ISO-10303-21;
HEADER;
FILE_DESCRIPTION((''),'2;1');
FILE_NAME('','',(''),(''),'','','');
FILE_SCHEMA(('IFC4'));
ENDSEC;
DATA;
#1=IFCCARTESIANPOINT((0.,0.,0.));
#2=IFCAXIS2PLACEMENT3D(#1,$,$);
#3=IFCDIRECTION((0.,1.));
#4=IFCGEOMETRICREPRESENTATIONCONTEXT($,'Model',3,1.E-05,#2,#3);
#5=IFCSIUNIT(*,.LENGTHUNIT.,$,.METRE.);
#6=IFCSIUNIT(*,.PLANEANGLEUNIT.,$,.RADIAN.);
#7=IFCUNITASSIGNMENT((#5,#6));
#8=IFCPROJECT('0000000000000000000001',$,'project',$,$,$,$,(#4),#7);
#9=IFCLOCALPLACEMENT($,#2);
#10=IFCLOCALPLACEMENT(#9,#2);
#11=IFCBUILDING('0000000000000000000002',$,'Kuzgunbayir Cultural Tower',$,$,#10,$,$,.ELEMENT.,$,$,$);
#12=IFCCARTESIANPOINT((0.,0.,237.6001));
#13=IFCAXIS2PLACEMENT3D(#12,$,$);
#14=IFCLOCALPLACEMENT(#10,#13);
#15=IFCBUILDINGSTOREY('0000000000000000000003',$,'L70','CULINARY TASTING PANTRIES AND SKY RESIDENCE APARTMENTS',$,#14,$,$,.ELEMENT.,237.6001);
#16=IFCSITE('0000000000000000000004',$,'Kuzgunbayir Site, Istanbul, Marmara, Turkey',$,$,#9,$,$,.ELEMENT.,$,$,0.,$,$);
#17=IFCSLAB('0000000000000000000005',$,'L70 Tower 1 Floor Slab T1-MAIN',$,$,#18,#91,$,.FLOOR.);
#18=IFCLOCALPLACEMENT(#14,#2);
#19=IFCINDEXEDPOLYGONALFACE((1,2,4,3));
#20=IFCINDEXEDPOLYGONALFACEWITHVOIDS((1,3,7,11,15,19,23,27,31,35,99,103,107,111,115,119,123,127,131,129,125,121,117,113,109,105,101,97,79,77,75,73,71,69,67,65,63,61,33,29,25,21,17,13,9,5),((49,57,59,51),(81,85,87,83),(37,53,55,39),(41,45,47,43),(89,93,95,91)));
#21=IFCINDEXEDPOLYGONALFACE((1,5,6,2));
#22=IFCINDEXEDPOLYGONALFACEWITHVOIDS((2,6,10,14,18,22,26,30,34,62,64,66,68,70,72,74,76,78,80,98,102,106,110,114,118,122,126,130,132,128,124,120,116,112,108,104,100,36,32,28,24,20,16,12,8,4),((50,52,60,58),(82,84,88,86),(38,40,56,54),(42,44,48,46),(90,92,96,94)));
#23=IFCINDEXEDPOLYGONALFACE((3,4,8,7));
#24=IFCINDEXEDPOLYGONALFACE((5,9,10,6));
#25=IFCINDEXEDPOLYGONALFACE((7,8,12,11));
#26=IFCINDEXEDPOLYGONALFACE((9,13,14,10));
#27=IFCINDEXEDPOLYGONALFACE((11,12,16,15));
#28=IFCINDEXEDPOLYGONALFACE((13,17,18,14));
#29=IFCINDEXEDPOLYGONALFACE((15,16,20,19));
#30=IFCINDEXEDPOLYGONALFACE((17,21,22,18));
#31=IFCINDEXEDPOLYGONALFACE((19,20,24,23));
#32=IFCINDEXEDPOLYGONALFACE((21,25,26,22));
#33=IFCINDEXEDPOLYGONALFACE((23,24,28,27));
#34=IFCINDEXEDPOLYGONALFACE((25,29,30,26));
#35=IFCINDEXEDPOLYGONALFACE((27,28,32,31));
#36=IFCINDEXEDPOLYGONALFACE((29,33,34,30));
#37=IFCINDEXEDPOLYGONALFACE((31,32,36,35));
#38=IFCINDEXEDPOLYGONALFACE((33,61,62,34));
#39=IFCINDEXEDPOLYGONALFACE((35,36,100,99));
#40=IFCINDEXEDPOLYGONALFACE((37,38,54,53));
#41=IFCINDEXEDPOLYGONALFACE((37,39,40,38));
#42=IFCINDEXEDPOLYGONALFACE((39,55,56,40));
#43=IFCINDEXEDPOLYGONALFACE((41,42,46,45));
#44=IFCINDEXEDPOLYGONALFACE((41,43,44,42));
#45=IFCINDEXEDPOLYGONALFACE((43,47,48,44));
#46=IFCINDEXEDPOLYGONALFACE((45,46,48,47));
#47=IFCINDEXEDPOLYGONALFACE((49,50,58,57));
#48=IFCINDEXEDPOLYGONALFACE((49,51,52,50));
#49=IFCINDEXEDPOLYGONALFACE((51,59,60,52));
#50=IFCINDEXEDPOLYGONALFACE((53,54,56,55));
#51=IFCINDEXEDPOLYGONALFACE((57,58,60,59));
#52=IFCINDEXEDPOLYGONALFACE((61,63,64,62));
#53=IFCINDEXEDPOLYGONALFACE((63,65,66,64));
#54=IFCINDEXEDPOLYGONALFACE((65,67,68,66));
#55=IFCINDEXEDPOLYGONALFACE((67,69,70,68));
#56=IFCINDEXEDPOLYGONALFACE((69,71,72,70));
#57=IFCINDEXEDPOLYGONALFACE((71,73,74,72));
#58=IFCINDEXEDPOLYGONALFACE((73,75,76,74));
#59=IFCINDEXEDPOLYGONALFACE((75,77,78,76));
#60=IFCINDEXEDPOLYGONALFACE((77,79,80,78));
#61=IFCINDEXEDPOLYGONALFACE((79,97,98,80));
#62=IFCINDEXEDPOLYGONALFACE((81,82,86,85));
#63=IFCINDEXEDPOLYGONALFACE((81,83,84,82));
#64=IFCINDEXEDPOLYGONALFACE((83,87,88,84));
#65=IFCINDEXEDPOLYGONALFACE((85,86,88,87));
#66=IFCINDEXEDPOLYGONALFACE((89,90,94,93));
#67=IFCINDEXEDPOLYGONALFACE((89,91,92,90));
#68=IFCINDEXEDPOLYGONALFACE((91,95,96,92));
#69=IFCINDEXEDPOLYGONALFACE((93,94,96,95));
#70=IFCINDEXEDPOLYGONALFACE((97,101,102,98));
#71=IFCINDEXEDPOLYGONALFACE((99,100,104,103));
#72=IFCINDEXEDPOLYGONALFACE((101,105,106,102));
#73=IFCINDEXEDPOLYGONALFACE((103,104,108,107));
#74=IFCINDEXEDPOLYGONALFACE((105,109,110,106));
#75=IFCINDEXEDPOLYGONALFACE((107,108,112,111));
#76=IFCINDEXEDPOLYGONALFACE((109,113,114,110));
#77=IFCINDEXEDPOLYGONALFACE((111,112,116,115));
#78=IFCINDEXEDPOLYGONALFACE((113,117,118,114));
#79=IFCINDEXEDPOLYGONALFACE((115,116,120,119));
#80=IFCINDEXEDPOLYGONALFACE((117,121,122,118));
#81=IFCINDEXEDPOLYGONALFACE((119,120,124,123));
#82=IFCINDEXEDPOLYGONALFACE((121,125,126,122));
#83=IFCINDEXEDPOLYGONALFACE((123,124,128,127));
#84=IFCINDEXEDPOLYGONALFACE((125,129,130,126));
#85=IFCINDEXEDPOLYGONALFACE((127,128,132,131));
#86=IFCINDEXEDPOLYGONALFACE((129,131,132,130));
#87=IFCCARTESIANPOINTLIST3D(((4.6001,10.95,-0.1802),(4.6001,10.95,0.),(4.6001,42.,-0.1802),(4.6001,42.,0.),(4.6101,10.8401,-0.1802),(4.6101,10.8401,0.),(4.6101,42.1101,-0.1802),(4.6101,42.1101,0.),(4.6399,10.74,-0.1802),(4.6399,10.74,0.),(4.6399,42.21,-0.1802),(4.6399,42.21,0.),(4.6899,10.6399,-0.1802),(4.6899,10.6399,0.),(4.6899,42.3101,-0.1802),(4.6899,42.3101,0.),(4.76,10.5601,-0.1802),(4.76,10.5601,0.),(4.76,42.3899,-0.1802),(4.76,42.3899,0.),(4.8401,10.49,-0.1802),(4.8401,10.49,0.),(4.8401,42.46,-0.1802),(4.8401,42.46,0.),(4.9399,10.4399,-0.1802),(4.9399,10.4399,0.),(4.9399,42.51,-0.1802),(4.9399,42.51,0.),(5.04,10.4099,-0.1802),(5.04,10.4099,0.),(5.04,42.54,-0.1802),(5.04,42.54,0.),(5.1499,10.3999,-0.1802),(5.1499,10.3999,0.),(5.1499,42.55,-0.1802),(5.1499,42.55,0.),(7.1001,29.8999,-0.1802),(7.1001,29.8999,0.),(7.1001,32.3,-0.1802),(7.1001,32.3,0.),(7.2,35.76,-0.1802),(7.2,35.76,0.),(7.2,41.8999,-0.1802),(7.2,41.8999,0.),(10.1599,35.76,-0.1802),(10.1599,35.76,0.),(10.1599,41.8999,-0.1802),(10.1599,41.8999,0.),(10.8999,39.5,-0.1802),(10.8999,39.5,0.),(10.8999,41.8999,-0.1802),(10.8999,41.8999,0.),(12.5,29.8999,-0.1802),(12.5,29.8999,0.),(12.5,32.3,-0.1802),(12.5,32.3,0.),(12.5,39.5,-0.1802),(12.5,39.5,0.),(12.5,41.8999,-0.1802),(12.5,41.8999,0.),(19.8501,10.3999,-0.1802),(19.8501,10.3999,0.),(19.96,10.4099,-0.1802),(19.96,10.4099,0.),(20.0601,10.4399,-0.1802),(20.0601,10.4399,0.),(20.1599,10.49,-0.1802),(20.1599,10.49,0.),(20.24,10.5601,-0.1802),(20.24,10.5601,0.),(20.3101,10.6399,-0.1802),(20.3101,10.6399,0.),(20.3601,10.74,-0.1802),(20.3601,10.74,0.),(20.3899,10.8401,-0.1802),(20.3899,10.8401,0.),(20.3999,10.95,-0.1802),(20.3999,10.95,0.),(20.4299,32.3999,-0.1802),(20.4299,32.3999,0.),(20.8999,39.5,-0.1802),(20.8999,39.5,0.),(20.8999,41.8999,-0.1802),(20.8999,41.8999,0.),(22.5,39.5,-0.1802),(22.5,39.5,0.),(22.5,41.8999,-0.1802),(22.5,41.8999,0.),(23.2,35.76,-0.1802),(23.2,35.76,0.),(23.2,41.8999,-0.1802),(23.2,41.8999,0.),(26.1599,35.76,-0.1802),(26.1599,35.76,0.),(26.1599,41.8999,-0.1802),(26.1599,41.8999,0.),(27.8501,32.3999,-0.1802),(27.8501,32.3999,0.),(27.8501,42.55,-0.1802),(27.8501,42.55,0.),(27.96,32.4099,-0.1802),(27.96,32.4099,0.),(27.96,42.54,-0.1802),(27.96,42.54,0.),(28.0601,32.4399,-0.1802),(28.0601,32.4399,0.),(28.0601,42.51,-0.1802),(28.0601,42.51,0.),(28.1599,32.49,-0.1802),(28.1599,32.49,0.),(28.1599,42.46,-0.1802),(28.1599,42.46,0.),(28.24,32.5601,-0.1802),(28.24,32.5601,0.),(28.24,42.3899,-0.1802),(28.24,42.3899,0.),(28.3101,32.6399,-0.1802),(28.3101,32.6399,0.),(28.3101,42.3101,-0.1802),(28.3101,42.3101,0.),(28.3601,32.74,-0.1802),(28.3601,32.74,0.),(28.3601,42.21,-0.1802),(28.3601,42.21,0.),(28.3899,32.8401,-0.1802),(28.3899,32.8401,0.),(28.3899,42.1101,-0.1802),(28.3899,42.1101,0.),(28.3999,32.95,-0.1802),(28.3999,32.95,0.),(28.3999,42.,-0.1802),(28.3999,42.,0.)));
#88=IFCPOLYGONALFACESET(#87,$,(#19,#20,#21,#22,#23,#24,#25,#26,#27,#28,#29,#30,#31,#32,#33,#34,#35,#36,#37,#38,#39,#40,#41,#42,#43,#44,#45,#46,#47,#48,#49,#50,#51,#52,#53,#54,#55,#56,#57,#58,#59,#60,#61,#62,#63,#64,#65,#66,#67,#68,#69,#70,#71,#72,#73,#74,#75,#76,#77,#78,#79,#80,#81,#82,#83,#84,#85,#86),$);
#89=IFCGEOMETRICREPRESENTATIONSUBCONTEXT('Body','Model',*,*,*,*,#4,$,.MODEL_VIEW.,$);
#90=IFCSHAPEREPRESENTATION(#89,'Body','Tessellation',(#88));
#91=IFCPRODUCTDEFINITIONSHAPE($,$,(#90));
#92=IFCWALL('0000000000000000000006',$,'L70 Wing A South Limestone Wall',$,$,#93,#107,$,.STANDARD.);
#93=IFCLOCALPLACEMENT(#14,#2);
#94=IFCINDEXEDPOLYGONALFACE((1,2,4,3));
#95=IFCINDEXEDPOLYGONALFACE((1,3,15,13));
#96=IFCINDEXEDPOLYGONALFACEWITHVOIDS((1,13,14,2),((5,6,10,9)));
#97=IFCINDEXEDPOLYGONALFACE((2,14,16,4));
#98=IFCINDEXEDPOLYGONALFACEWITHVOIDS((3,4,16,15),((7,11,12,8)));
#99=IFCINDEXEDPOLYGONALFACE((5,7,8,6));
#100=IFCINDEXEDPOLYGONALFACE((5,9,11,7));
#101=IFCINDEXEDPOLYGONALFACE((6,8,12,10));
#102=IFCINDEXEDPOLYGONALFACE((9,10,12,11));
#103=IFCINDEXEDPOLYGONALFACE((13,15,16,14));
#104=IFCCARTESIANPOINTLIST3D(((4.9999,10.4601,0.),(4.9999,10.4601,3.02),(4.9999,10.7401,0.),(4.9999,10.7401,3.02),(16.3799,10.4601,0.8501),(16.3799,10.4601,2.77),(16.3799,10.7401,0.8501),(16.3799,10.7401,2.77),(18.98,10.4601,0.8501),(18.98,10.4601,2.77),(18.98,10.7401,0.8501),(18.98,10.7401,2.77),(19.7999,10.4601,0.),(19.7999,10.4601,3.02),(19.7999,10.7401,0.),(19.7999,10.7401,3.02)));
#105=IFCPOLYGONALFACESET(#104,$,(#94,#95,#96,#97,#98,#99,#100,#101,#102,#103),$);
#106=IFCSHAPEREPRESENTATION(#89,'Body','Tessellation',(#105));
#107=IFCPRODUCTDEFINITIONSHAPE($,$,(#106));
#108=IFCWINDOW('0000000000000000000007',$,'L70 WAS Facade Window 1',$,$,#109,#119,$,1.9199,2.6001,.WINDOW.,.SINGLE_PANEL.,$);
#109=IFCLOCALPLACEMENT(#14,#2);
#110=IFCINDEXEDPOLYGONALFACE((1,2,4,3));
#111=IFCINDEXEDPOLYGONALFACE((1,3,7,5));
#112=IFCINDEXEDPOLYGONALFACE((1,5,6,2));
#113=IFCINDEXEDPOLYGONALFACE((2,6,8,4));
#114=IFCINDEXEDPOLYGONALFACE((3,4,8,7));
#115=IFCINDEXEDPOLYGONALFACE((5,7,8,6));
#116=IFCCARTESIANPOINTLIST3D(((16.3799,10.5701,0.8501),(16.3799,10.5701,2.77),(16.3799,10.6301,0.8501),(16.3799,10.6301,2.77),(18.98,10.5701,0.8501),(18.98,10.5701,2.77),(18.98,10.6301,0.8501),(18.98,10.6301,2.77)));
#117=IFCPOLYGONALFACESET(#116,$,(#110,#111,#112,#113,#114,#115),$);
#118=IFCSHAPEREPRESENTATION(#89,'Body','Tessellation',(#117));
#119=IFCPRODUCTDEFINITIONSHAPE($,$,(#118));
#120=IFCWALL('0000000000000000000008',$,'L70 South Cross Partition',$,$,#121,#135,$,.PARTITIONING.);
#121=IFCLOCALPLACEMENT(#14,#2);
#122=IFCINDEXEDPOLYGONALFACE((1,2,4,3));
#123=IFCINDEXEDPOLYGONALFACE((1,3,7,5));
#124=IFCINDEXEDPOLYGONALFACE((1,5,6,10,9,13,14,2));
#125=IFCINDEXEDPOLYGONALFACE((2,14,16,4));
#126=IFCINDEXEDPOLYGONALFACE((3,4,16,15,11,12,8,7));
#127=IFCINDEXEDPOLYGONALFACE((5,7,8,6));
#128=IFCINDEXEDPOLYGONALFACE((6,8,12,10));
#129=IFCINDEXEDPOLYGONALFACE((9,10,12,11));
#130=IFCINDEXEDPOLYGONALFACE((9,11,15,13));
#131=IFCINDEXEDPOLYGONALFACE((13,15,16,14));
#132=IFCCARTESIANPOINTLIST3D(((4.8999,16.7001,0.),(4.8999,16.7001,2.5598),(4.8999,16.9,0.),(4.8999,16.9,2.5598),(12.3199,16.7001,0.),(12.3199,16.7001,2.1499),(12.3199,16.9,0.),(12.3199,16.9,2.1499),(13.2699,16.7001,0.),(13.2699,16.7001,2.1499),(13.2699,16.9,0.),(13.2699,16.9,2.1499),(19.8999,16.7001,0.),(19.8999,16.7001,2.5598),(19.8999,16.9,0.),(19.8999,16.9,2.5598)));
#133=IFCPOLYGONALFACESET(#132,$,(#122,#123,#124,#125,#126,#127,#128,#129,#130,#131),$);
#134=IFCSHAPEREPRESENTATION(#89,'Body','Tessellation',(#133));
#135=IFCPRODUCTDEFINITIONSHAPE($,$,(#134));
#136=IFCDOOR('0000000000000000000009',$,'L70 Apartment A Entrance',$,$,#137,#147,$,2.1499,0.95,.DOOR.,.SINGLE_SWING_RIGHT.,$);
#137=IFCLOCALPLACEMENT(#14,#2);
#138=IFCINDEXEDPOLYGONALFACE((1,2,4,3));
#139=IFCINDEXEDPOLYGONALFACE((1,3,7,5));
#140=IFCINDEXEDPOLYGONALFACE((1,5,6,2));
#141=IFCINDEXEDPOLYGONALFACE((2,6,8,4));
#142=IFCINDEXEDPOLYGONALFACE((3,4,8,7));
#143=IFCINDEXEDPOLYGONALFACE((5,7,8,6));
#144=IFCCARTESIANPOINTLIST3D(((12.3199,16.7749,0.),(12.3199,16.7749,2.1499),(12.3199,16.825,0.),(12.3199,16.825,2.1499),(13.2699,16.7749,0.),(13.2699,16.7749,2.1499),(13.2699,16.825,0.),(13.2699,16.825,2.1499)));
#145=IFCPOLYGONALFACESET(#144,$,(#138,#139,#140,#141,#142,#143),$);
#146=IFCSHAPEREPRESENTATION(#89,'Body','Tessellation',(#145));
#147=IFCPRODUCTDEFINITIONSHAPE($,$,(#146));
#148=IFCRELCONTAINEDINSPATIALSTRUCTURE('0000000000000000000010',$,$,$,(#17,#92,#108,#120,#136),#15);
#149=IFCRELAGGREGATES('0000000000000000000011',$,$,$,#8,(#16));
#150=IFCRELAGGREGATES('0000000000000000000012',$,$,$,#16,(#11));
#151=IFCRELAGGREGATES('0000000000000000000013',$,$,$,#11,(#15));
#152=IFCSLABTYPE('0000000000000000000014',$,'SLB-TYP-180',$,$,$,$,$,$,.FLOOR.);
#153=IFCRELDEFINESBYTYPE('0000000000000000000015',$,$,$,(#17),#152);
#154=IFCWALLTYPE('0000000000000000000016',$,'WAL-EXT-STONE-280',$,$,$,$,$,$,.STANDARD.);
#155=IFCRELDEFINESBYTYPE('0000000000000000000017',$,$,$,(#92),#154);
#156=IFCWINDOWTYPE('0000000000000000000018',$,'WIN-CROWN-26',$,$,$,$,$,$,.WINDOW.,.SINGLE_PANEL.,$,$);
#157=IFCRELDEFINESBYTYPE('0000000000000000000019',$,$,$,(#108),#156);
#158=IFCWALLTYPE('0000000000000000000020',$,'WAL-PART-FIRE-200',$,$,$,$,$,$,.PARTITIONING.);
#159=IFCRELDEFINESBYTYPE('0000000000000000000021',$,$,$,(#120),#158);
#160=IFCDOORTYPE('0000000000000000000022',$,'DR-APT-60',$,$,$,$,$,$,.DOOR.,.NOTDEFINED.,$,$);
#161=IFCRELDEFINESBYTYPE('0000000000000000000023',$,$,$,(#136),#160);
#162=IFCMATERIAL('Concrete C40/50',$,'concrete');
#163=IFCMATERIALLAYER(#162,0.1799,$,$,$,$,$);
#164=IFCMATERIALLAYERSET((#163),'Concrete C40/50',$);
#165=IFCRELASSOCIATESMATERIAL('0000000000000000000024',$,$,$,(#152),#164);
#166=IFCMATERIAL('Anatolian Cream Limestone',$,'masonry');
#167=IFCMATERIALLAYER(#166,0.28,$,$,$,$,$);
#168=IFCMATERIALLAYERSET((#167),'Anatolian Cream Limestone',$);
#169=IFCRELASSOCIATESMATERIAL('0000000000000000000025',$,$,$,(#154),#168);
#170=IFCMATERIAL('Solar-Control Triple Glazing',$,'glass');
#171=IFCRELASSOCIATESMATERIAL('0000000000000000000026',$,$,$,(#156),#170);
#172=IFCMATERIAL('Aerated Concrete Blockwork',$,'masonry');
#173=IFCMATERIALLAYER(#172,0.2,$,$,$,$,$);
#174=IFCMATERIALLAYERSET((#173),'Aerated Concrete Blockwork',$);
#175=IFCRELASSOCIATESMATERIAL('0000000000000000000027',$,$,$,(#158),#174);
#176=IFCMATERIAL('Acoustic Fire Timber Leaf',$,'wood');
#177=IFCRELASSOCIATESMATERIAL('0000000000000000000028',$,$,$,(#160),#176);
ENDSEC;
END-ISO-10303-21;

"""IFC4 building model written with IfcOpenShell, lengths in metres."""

from ifc_helpers import new_model, si_unit, direction, frame, frame_2d, origin, place, context, subcontext, project, spatial, polyline, rectangle, outline, extrude, material, layer, layer_set, type_object, element, fill, save


model = new_model("IFC4")

# Units and contexts
model_context = context("Model", 3, precision=1e-05, world=origin(), true_north=direction((0.0, 1.0)))
body_context = subcontext(model_context, "Body", "Model", "MODEL_VIEW")
ifc_project = project(units=[si_unit("LENGTHUNIT", "METRE"), si_unit("PLANEANGLEUNIT", "RADIAN")], contexts=[model_context])

# Site, building, storey
site_placement = place(None, origin())
site = spatial("IfcSite", under=ifc_project, at=site_placement, Name="Kuzgunbayir Site, Istanbul, Marmara, Turkey", CompositionType="ELEMENT", RefElevation=0.0)
building_placement = place(site_placement, origin())
building = spatial("IfcBuilding", under=site, at=building_placement, Name="Kuzgunbayir Cultural Tower", CompositionType="ELEMENT")
storey_placement = place(building_placement, frame((0.0, 0.0, 237.6001)))
storey = spatial("IfcBuildingStorey", under=building, at=storey_placement, Name="L70", Description="CULINARY TASTING PANTRIES AND SKY RESIDENCE APARTMENTS", CompositionType="ELEMENT", Elevation=237.6001)

# Shared definitions
ifc_material_1 = material(Name="Concrete C40/50", Category="concrete")

# Slab
ifc_layer_1 = layer(ifc_material_1, 0.1799)
ifc_layer_set_1 = layer_set([ifc_layer_1], Name="Concrete C40/50")
slab_type_1 = type_object("IfcSlabType", Name="SLB-TYP-180", PredefinedType="FLOOR", material=ifc_layer_set_1)
slab_1_placement = place(storey_placement, frame((0.0, 0.0, -0.1802)))
element("IfcSlab", 1, at=slab_1_placement, inside=storey, type_object=slab_type_1, Name="L70 Tower 1 Floor Slab T1-MAIN", PredefinedType="FLOOR", context=body_context, shape_type="SweptSolid", body=[
    extrude(outline(polyline([(20.3999, 10.95), (20.3899, 10.8401), (20.3601, 10.74), (20.3101, 10.6399), (20.24, 10.5601), (20.1599, 10.49), (20.0601, 10.4399), (19.96, 10.4099), (19.8501, 10.3999), (5.1499, 10.3999), (5.04, 10.4099), (4.9399, 10.4399), (4.8401, 10.49), (4.76, 10.5601), (4.6899, 10.6399), (4.6399, 10.74), (4.6101, 10.8401), (4.6001, 10.95), (4.6001, 42.0), (4.6101, 42.1101), (4.6399, 42.21), (4.6899, 42.3101), (4.76, 42.3899), (4.8401, 42.46), (4.9399, 42.51), (5.04, 42.54), (5.1499, 42.55), (27.8501, 42.55), (27.96, 42.54), (28.0601, 42.51), (28.1599, 42.46), (28.24, 42.3899), (28.3101, 42.3101), (28.3601, 42.21), (28.3899, 42.1101), (28.3999, 42.0), (28.3999, 32.95), (28.3899, 32.8401), (28.3601, 32.74), (28.3101, 32.6399), (28.24, 32.5601), (28.1599, 32.49), (28.0601, 32.4399), (27.96, 32.4099), (27.8501, 32.3999), (20.4299, 32.3999), (20.3999, 10.95)]), holes=[polyline([(7.2, 35.76), (7.2, 41.8999), (10.1599, 41.8999), (10.1599, 35.76), (7.2, 35.76)]), polyline([(23.2, 35.76), (23.2, 41.8999), (26.1599, 41.8999), (26.1599, 35.76), (23.2, 35.76)]), polyline([(7.1001, 29.8999), (7.1001, 32.3), (12.5, 32.3), (12.5, 29.8999), (7.1001, 29.8999)]), polyline([(10.8999, 39.5), (10.8999, 41.8999), (12.5, 41.8999), (12.5, 39.5), (10.8999, 39.5)]), polyline([(20.8999, 39.5), (20.8999, 41.8999), (22.5, 41.8999), (22.5, 39.5), (20.8999, 39.5)])]), origin(), (0.0, 0.0, 1.0), 0.1802),
])

# Wall, opening, window
ifc_material_2 = material(Name="Anatolian Cream Limestone", Category="masonry")
ifc_layer_2 = layer(ifc_material_2, 0.28)
ifc_layer_set_2 = layer_set([ifc_layer_2], Name="Anatolian Cream Limestone")
wall_type_1 = type_object("IfcWallType", Name="WAL-EXT-STONE-280", PredefinedType="STANDARD", material=ifc_layer_set_2)
wall_1_placement = place(storey_placement, frame((5.0, 10.6001, 0.0), z_axis=(0.0, 0.0, 1.0), x_axis=(1.0, 0.0, 0.0)))
wall_1 = element("IfcWall", 2, at=wall_1_placement, inside=storey, type_object=wall_type_1, Name="L70 Wing A South Limestone Wall", PredefinedType="STANDARD", context=body_context, shape_type="SweptSolid", body=[
    extrude(rectangle(XDim=14.8, YDim=0.28, at=frame_2d((7.3999, 0.0))), origin(), (0.0, 0.0, 1.0), 3.02),
])
opening_1_placement = place(wall_1_placement, frame((11.3799, 0.0, 0.8501)))
opening_1 = element("IfcOpeningElement", 3, at=opening_1_placement, cuts=wall_1, PredefinedType="OPENING", context=body_context, shape_type="SweptSolid", body=[
    extrude(rectangle(XDim=2.6001, YDim=1.9199, at=frame_2d((1.3, 0.96))), frame((0.0, 0.1499, 0.0), z_axis=(0.0, -1.0, 0.0), x_axis=(1.0, 0.0, 0.0)), (0.0, 0.0, 1.0), 0.3),
])
ifc_material_3 = material(Name="Solar-Control Triple Glazing", Category="glass")
window_type = type_object("IfcWindowType", Name="WIN-CROWN-26", PartitioningType="SINGLE_PANEL", PredefinedType="WINDOW", material=ifc_material_3)
window_placement = place(opening_1_placement, origin())
window = element("IfcWindow", 4, at=window_placement, inside=storey, type_object=window_type, Name="L70 WAS Facade Window 1", OverallHeight=1.9199, OverallWidth=2.6001, PartitioningType="SINGLE_PANEL", PredefinedType="WINDOW", context=body_context, shape_type="SweptSolid", body=[
    extrude(rectangle(XDim=2.6001, YDim=1.9199, at=frame_2d((1.3, 0.96))), frame((0.0, 0.03, 0.0), z_axis=(0.0, -1.0, 0.0), x_axis=(1.0, 0.0, 0.0)), (0.0, 0.0, 1.0), 0.0601),
])
fill(opening_1, window)

# Wall, opening, door
ifc_material_4 = material(Name="Aerated Concrete Blockwork", Category="masonry")
ifc_layer_3 = layer(ifc_material_4, 0.2)
ifc_layer_set_3 = layer_set([ifc_layer_3], Name="Aerated Concrete Blockwork")
wall_type_2 = type_object("IfcWallType", Name="WAL-PART-FIRE-200", PredefinedType="PARTITIONING", material=ifc_layer_set_3)
wall_2_placement = place(storey_placement, frame((4.8999, 16.8, 0.0), z_axis=(0.0, 0.0, 1.0), x_axis=(1.0, 0.0, 0.0)))
wall_2 = element("IfcWall", 5, at=wall_2_placement, inside=storey, type_object=wall_type_2, Name="L70 South Cross Partition", PredefinedType="PARTITIONING", context=body_context, shape_type="SweptSolid", body=[
    extrude(rectangle(XDim=15.0, YDim=0.2, at=frame_2d((7.5, 0.0))), origin(), (0.0, 0.0, 1.0), 2.5598),
])
opening_2_placement = place(wall_2_placement, frame((7.4199, 0.0, 0.0)))
opening_2 = element("IfcOpeningElement", 6, at=opening_2_placement, cuts=wall_2, PredefinedType="OPENING", context=body_context, shape_type="SweptSolid", body=[
    extrude(rectangle(XDim=0.95, YDim=2.1499, at=frame_2d((0.4751, 1.075))), frame((0.0, 0.1099, 0.0), z_axis=(0.0, -1.0, 0.0), x_axis=(1.0, 0.0, 0.0)), (0.0, 0.0, 1.0), 0.22),
])
ifc_material_5 = material(Name="Acoustic Fire Timber Leaf", Category="wood")
door_type = type_object("IfcDoorType", Name="DR-APT-60", OperationType="NOTDEFINED", PredefinedType="DOOR", material=ifc_material_5)
door_placement = place(opening_2_placement, origin())
door = element("IfcDoor", 7, at=door_placement, inside=storey, type_object=door_type, Name="L70 Apartment A Entrance", OperationType="SINGLE_SWING_RIGHT", OverallHeight=2.1499, OverallWidth=0.95, PredefinedType="DOOR", context=body_context, shape_type="SweptSolid", body=[
    extrude(rectangle(XDim=0.95, YDim=2.1499, at=frame_2d((0.4751, 1.075))), frame((0.0, 0.0249, 0.0), z_axis=(0.0, -1.0, 0.0), x_axis=(1.0, 0.0, 0.0)), (0.0, 0.0, 1.0), 0.05),
])
fill(opening_2, door)

save(model, "model.ifc")
